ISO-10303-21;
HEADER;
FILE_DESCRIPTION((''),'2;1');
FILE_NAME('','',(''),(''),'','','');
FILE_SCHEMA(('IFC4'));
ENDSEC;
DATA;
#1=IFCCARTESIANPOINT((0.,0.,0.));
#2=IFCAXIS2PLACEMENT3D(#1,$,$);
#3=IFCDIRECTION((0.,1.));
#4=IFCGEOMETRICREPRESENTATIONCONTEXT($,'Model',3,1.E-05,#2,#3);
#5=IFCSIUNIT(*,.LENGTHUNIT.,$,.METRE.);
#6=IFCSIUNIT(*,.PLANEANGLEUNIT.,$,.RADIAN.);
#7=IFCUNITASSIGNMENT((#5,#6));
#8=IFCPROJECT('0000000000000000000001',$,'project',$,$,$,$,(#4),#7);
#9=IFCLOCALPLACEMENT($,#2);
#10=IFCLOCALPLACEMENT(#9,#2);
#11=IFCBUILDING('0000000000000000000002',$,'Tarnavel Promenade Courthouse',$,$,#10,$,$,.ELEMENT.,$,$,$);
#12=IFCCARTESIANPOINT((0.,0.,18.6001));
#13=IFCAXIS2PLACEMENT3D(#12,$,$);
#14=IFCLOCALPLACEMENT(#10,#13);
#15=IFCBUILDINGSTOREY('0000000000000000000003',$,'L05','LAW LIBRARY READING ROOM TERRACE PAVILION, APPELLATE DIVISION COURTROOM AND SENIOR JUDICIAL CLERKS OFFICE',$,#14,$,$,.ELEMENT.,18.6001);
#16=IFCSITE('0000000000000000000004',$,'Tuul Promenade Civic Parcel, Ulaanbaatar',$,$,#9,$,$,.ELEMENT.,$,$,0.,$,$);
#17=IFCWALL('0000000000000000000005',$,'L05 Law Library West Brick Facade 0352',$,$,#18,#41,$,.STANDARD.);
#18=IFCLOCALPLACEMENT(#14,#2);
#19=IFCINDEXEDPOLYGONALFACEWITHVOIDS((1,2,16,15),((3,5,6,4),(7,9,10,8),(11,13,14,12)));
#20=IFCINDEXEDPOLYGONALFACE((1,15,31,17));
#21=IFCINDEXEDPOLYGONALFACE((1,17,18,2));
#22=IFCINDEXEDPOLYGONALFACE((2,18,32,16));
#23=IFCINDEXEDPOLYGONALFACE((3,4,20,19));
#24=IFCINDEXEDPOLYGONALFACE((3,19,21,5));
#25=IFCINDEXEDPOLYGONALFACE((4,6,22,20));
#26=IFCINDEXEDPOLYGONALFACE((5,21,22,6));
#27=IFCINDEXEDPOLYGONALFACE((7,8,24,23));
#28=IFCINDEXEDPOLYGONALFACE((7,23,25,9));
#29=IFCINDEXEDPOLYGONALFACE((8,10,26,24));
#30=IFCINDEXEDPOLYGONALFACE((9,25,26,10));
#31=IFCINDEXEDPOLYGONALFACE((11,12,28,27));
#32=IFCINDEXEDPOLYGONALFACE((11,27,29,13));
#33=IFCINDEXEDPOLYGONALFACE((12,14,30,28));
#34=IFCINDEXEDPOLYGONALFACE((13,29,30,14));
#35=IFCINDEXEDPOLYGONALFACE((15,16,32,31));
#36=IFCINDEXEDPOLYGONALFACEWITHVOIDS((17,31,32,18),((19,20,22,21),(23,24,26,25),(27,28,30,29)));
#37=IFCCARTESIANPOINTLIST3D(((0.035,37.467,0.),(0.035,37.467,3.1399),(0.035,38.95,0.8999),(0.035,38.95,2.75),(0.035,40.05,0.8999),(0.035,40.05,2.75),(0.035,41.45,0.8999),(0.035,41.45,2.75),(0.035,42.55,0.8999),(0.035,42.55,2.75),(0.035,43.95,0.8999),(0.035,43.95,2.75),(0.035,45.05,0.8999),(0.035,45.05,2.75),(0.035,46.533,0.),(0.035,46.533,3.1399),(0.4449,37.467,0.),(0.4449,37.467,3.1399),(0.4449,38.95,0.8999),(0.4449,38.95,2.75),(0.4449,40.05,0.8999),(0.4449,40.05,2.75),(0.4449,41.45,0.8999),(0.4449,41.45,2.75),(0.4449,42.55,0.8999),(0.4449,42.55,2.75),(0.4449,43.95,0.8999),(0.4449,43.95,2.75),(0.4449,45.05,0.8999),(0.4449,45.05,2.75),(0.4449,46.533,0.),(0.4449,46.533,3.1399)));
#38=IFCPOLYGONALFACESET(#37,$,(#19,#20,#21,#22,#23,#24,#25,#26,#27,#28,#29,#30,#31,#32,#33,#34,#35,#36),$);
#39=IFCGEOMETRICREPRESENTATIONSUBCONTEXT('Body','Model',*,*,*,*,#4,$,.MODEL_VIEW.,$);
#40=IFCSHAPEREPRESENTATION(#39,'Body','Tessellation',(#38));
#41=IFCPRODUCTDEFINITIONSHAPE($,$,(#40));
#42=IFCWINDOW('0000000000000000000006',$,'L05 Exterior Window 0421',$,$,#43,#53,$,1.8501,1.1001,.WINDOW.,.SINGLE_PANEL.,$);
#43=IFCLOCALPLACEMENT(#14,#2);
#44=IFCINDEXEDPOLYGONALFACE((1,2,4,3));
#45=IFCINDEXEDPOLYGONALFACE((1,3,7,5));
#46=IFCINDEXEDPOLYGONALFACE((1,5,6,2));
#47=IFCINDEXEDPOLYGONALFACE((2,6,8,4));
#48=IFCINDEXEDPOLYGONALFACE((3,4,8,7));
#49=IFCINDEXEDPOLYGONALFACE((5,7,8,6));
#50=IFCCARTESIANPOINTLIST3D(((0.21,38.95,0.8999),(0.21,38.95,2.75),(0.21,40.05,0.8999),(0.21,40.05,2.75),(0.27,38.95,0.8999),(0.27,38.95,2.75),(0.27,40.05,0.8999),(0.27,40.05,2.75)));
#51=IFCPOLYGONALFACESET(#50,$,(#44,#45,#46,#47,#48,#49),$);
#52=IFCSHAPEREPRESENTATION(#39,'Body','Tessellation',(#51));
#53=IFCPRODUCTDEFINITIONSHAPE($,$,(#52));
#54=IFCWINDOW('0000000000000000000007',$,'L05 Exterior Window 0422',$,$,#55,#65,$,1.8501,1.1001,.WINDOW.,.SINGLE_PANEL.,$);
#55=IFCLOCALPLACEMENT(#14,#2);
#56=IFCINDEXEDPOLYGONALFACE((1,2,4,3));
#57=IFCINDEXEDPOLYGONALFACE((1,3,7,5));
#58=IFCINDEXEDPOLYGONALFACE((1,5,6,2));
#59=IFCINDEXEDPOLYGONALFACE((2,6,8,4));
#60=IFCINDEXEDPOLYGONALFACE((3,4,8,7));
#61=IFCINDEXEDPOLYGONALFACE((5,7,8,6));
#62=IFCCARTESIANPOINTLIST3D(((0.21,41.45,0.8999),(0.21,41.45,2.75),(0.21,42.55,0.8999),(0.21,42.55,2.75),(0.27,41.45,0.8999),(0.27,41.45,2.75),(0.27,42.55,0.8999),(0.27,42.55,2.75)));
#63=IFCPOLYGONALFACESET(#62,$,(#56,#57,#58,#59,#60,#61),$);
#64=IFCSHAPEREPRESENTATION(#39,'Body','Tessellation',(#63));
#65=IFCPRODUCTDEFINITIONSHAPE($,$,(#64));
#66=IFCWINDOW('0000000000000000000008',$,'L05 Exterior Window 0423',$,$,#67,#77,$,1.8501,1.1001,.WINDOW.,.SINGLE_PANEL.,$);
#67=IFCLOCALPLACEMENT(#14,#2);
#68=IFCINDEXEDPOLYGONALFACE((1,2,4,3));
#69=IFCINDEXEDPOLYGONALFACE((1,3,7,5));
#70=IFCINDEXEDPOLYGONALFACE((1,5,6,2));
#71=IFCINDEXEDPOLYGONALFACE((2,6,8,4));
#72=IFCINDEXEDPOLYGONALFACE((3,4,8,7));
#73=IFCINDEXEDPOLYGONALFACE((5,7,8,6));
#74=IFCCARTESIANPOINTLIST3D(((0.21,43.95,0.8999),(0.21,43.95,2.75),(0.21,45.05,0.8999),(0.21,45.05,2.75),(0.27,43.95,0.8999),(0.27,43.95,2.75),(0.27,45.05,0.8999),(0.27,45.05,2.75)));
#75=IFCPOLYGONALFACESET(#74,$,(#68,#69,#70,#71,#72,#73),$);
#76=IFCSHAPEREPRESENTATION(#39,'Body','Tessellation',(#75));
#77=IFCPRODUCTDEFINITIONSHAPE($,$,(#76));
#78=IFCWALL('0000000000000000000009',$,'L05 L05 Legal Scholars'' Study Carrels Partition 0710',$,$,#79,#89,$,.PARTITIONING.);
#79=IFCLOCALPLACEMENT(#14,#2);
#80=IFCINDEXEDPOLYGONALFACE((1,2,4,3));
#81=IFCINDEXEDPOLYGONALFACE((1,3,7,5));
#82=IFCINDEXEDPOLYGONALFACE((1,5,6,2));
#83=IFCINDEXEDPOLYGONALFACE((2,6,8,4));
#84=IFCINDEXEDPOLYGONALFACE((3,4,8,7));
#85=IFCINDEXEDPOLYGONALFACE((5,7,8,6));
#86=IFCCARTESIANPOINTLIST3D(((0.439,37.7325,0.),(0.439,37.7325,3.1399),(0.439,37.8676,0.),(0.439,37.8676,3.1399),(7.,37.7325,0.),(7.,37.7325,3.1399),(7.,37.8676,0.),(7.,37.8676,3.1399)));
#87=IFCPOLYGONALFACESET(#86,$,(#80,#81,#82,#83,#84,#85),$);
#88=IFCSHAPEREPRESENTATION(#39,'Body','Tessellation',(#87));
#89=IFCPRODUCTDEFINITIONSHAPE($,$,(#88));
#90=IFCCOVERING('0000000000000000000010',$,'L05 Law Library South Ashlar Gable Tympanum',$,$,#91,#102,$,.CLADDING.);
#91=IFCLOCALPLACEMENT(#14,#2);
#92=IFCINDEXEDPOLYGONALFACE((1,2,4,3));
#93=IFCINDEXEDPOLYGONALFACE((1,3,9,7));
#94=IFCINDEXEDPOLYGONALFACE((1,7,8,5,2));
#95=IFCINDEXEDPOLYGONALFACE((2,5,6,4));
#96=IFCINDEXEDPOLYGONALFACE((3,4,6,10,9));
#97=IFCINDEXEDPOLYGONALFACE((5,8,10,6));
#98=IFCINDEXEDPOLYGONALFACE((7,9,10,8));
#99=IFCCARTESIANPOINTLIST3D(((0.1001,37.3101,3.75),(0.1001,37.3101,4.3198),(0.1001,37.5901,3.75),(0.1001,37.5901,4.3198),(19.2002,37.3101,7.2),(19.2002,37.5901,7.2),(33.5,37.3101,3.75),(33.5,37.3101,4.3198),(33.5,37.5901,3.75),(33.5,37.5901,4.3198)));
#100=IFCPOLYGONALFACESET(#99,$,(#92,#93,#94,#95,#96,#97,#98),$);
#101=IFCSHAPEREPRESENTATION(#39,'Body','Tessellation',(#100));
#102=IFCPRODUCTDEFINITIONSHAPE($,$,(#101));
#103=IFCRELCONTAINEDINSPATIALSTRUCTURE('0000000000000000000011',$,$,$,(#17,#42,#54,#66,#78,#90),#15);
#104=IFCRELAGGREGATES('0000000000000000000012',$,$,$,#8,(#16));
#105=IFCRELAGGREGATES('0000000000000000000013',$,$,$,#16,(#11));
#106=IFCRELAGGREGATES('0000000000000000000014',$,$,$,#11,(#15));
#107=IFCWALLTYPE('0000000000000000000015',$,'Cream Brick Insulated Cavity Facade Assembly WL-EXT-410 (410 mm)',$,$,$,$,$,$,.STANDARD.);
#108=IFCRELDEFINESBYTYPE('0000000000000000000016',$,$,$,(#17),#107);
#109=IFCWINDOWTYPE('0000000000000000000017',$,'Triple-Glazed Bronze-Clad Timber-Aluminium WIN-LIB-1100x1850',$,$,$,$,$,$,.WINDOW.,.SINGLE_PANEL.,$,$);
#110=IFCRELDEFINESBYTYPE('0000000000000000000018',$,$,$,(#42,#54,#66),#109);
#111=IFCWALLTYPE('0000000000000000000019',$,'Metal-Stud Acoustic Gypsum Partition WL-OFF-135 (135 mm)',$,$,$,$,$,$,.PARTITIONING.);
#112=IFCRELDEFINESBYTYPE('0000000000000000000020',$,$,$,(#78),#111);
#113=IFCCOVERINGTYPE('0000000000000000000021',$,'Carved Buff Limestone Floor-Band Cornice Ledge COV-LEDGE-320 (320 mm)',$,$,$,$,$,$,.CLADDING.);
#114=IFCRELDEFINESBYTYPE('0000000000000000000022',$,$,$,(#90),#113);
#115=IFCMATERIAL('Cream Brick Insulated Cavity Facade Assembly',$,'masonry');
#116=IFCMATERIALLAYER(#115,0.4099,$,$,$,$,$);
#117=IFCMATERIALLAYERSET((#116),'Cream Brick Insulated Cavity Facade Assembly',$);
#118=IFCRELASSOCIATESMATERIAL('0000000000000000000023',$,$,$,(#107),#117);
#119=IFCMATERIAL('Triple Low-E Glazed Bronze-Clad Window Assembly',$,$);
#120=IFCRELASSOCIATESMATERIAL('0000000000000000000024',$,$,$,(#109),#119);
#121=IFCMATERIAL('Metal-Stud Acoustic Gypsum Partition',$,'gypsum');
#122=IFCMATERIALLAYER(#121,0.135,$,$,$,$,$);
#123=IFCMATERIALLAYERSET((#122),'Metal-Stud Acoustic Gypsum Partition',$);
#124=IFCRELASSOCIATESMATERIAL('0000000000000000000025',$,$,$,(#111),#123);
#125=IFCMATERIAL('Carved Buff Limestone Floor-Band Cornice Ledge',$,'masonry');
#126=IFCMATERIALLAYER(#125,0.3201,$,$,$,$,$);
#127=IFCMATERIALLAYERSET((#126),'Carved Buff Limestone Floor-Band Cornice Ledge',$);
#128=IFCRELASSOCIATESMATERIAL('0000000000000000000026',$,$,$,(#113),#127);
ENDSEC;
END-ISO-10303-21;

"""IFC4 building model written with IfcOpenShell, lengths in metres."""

from ifc_helpers import new_model, si_unit, direction, frame, frame_2d, origin, place, context, subcontext, project, spatial, polyline, rectangle, outline, extrude, material, layer, layer_set, type_object, element, fill, save


model = new_model("IFC4")

# Units and contexts
model_context = context("Model", 3, precision=1e-05, world=origin(), true_north=direction((0.0, 1.0)))
body_context = subcontext(model_context, "Body", "Model", "MODEL_VIEW")
ifc_project = project(units=[si_unit("LENGTHUNIT", "METRE"), si_unit("PLANEANGLEUNIT", "RADIAN")], contexts=[model_context])

# Site, building, storey
site_placement = place(None, origin())
site = spatial("IfcSite", under=ifc_project, at=site_placement, Name="Tuul Promenade Civic Parcel, Ulaanbaatar", CompositionType="ELEMENT", RefElevation=0.0)
building_placement = place(site_placement, origin())
building = spatial("IfcBuilding", under=site, at=building_placement, Name="Tarnavel Promenade Courthouse", CompositionType="ELEMENT")
storey_placement = place(building_placement, frame((0.0, 0.0, 18.6001)))
storey = spatial("IfcBuildingStorey", under=building, at=storey_placement, Name="L05", Description="LAW LIBRARY READING ROOM TERRACE PAVILION, APPELLATE DIVISION COURTROOM AND SENIOR JUDICIAL CLERKS OFFICE", CompositionType="ELEMENT", Elevation=18.6001)

# Wall, openings, windows
ifc_material_1 = material(Name="Cream Brick Insulated Cavity Facade Assembly", Category="masonry")
ifc_layer_1 = layer(ifc_material_1, 0.4099)
ifc_layer_set_1 = layer_set([ifc_layer_1], Name="Cream Brick Insulated Cavity Facade Assembly")
wall_type_1 = type_object("IfcWallType", Name="Cream Brick Insulated Cavity Facade Assembly WL-EXT-410 (410 mm)", PredefinedType="STANDARD", material=ifc_layer_set_1)
wall_1_placement = place(storey_placement, frame((0.24, 37.467, 0.0), z_axis=(0.0, 0.0, 1.0), x_axis=(0.0, 1.0, 0.0)))
wall_1 = element("IfcWall", 1, at=wall_1_placement, inside=storey, type_object=wall_type_1, Name="L05 Law Library West Brick Facade 0352", PredefinedType="STANDARD", context=body_context, shape_type="SweptSolid", body=[
    extrude(rectangle(XDim=9.0659, YDim=0.4099, at=frame_2d((4.533, 0.0))), origin(), (0.0, 0.0, 1.0), 3.1399),
])
opening_1_placement = place(wall_1_placement, frame((1.4829, 0.0, 0.8999)))
opening_1 = element("IfcOpeningElement", 2, at=opening_1_placement, cuts=wall_1, PredefinedType="OPENING", context=body_context, shape_type="SweptSolid", body=[
    extrude(rectangle(XDim=1.1001, YDim=1.8501, at=frame_2d((0.55, 0.925))), frame((0.0, 0.2148, 0.0), z_axis=(0.0, -1.0, 0.0), x_axis=(1.0, 0.0, 0.0)), (0.0, 0.0, 1.0), 0.4299),
])
opening_2_placement = place(wall_1_placement, frame((3.9829, 0.0, 0.8999)))
opening_2 = element("IfcOpeningElement", 3, at=opening_2_placement, cuts=wall_1, PredefinedType="OPENING", context=body_context, shape_type="SweptSolid", body=[
    extrude(rectangle(XDim=1.1001, YDim=1.8501, at=frame_2d((0.55, 0.925))), frame((0.0, 0.2148, 0.0), z_axis=(0.0, -1.0, 0.0), x_axis=(1.0, 0.0, 0.0)), (0.0, 0.0, 1.0), 0.4299),
])
opening_3_placement = place(wall_1_placement, frame((6.4829, 0.0, 0.8999)))
opening_3 = element("IfcOpeningElement", 4, at=opening_3_placement, cuts=wall_1, PredefinedType="OPENING", context=body_context, shape_type="SweptSolid", body=[
    extrude(rectangle(XDim=1.1001, YDim=1.8501, at=frame_2d((0.55, 0.925))), frame((0.0, 0.2148, 0.0), z_axis=(0.0, -1.0, 0.0), x_axis=(1.0, 0.0, 0.0)), (0.0, 0.0, 1.0), 0.4299),
])
ifc_material_2 = material(Name="Triple Low-E Glazed Bronze-Clad Window Assembly")
window_type = type_object("IfcWindowType", Name="Triple-Glazed Bronze-Clad Timber-Aluminium WIN-LIB-1100x1850", PartitioningType="SINGLE_PANEL", PredefinedType="WINDOW", material=ifc_material_2)
window_1_placement = place(opening_1_placement, origin())
window_1 = element("IfcWindow", 5, at=window_1_placement, inside=storey, type_object=window_type, Name="L05 Exterior Window 0421", OverallHeight=1.8501, OverallWidth=1.1001, PartitioningType="SINGLE_PANEL", PredefinedType="WINDOW", context=body_context, shape_type="SweptSolid", body=[
    extrude(rectangle(XDim=1.1001, YDim=1.8501, at=frame_2d((0.55, 0.925))), frame((0.0, 0.03, 0.0), z_axis=(0.0, -1.0, 0.0), x_axis=(1.0, 0.0, 0.0)), (0.0, 0.0, 1.0), 0.0601),
])
fill(opening_1, window_1)
window_2_placement = place(opening_2_placement, origin())
window_2 = element("IfcWindow", 6, at=window_2_placement, inside=storey, type_object=window_type, Name="L05 Exterior Window 0422", OverallHeight=1.8501, OverallWidth=1.1001, PartitioningType="SINGLE_PANEL", PredefinedType="WINDOW", context=body_context, shape_type="SweptSolid", body=[
    extrude(rectangle(XDim=1.1001, YDim=1.8501, at=frame_2d((0.55, 0.925))), frame((0.0, 0.03, 0.0), z_axis=(0.0, -1.0, 0.0), x_axis=(1.0, 0.0, 0.0)), (0.0, 0.0, 1.0), 0.0601),
])
fill(opening_2, window_2)
window_3_placement = place(opening_3_placement, origin())
window_3 = element("IfcWindow", 7, at=window_3_placement, inside=storey, type_object=window_type, Name="L05 Exterior Window 0423", OverallHeight=1.8501, OverallWidth=1.1001, PartitioningType="SINGLE_PANEL", PredefinedType="WINDOW", context=body_context, shape_type="SweptSolid", body=[
    extrude(rectangle(XDim=1.1001, YDim=1.8501, at=frame_2d((0.55, 0.925))), frame((0.0, 0.03, 0.0), z_axis=(0.0, -1.0, 0.0), x_axis=(1.0, 0.0, 0.0)), (0.0, 0.0, 1.0), 0.0601),
])
fill(opening_3, window_3)

# Wall
ifc_material_3 = material(Name="Metal-Stud Acoustic Gypsum Partition", Category="gypsum")
ifc_layer_2 = layer(ifc_material_3, 0.135)
ifc_layer_set_2 = layer_set([ifc_layer_2], Name="Metal-Stud Acoustic Gypsum Partition")
wall_type_2 = type_object("IfcWallType", Name="Metal-Stud Acoustic Gypsum Partition WL-OFF-135 (135 mm)", PredefinedType="PARTITIONING", material=ifc_layer_set_2)
wall_2_placement = place(storey_placement, frame((7.0, 37.8, 0.0), z_axis=(0.0, 0.0, 1.0), x_axis=(-1.0, 0.0, 0.0)))
element("IfcWall", 8, at=wall_2_placement, inside=storey, type_object=wall_type_2, Name="L05 L05 Legal Scholars' Study Carrels Partition 0710", PredefinedType="PARTITIONING", context=body_context, shape_type="SweptSolid", body=[
    extrude(rectangle(XDim=6.561, YDim=0.135, at=frame_2d((3.2805, 0.0))), origin(), (0.0, 0.0, 1.0), 3.1399),
])

# Covering
ifc_material_4 = material(Name="Carved Buff Limestone Floor-Band Cornice Ledge", Category="masonry")
ifc_layer_3 = layer(ifc_material_4, 0.3201)
ifc_layer_set_3 = layer_set([ifc_layer_3], Name="Carved Buff Limestone Floor-Band Cornice Ledge")
covering_type = type_object("IfcCoveringType", Name="Carved Buff Limestone Floor-Band Cornice Ledge COV-LEDGE-320 (320 mm)", PredefinedType="CLADDING", material=ifc_layer_set_3)
covering_placement = place(storey_placement, frame((0.1001, 37.45, 3.75), z_axis=(0.0, 0.0, 1.0), x_axis=(1.0, 0.0, 0.0)))
element("IfcCovering", 9, at=covering_placement, inside=storey, type_object=covering_type, Name="L05 Law Library South Ashlar Gable Tympanum", PredefinedType="CLADDING", context=body_context, shape_type="SweptSolid", body=[
    extrude(outline(polyline([(0.0, 0.0), (33.3999, 0.0), (33.3999, 0.5698), (19.1001, 3.45), (0.0, 0.5698), (0.0, 0.0)])), frame((0.0, 0.1401, 0.0), z_axis=(0.0, -1.0, 0.0), x_axis=(1.0, 0.0, 0.0)), (0.0, 0.0, 1.0), 0.28),
])

save(model, "model.ifc")
